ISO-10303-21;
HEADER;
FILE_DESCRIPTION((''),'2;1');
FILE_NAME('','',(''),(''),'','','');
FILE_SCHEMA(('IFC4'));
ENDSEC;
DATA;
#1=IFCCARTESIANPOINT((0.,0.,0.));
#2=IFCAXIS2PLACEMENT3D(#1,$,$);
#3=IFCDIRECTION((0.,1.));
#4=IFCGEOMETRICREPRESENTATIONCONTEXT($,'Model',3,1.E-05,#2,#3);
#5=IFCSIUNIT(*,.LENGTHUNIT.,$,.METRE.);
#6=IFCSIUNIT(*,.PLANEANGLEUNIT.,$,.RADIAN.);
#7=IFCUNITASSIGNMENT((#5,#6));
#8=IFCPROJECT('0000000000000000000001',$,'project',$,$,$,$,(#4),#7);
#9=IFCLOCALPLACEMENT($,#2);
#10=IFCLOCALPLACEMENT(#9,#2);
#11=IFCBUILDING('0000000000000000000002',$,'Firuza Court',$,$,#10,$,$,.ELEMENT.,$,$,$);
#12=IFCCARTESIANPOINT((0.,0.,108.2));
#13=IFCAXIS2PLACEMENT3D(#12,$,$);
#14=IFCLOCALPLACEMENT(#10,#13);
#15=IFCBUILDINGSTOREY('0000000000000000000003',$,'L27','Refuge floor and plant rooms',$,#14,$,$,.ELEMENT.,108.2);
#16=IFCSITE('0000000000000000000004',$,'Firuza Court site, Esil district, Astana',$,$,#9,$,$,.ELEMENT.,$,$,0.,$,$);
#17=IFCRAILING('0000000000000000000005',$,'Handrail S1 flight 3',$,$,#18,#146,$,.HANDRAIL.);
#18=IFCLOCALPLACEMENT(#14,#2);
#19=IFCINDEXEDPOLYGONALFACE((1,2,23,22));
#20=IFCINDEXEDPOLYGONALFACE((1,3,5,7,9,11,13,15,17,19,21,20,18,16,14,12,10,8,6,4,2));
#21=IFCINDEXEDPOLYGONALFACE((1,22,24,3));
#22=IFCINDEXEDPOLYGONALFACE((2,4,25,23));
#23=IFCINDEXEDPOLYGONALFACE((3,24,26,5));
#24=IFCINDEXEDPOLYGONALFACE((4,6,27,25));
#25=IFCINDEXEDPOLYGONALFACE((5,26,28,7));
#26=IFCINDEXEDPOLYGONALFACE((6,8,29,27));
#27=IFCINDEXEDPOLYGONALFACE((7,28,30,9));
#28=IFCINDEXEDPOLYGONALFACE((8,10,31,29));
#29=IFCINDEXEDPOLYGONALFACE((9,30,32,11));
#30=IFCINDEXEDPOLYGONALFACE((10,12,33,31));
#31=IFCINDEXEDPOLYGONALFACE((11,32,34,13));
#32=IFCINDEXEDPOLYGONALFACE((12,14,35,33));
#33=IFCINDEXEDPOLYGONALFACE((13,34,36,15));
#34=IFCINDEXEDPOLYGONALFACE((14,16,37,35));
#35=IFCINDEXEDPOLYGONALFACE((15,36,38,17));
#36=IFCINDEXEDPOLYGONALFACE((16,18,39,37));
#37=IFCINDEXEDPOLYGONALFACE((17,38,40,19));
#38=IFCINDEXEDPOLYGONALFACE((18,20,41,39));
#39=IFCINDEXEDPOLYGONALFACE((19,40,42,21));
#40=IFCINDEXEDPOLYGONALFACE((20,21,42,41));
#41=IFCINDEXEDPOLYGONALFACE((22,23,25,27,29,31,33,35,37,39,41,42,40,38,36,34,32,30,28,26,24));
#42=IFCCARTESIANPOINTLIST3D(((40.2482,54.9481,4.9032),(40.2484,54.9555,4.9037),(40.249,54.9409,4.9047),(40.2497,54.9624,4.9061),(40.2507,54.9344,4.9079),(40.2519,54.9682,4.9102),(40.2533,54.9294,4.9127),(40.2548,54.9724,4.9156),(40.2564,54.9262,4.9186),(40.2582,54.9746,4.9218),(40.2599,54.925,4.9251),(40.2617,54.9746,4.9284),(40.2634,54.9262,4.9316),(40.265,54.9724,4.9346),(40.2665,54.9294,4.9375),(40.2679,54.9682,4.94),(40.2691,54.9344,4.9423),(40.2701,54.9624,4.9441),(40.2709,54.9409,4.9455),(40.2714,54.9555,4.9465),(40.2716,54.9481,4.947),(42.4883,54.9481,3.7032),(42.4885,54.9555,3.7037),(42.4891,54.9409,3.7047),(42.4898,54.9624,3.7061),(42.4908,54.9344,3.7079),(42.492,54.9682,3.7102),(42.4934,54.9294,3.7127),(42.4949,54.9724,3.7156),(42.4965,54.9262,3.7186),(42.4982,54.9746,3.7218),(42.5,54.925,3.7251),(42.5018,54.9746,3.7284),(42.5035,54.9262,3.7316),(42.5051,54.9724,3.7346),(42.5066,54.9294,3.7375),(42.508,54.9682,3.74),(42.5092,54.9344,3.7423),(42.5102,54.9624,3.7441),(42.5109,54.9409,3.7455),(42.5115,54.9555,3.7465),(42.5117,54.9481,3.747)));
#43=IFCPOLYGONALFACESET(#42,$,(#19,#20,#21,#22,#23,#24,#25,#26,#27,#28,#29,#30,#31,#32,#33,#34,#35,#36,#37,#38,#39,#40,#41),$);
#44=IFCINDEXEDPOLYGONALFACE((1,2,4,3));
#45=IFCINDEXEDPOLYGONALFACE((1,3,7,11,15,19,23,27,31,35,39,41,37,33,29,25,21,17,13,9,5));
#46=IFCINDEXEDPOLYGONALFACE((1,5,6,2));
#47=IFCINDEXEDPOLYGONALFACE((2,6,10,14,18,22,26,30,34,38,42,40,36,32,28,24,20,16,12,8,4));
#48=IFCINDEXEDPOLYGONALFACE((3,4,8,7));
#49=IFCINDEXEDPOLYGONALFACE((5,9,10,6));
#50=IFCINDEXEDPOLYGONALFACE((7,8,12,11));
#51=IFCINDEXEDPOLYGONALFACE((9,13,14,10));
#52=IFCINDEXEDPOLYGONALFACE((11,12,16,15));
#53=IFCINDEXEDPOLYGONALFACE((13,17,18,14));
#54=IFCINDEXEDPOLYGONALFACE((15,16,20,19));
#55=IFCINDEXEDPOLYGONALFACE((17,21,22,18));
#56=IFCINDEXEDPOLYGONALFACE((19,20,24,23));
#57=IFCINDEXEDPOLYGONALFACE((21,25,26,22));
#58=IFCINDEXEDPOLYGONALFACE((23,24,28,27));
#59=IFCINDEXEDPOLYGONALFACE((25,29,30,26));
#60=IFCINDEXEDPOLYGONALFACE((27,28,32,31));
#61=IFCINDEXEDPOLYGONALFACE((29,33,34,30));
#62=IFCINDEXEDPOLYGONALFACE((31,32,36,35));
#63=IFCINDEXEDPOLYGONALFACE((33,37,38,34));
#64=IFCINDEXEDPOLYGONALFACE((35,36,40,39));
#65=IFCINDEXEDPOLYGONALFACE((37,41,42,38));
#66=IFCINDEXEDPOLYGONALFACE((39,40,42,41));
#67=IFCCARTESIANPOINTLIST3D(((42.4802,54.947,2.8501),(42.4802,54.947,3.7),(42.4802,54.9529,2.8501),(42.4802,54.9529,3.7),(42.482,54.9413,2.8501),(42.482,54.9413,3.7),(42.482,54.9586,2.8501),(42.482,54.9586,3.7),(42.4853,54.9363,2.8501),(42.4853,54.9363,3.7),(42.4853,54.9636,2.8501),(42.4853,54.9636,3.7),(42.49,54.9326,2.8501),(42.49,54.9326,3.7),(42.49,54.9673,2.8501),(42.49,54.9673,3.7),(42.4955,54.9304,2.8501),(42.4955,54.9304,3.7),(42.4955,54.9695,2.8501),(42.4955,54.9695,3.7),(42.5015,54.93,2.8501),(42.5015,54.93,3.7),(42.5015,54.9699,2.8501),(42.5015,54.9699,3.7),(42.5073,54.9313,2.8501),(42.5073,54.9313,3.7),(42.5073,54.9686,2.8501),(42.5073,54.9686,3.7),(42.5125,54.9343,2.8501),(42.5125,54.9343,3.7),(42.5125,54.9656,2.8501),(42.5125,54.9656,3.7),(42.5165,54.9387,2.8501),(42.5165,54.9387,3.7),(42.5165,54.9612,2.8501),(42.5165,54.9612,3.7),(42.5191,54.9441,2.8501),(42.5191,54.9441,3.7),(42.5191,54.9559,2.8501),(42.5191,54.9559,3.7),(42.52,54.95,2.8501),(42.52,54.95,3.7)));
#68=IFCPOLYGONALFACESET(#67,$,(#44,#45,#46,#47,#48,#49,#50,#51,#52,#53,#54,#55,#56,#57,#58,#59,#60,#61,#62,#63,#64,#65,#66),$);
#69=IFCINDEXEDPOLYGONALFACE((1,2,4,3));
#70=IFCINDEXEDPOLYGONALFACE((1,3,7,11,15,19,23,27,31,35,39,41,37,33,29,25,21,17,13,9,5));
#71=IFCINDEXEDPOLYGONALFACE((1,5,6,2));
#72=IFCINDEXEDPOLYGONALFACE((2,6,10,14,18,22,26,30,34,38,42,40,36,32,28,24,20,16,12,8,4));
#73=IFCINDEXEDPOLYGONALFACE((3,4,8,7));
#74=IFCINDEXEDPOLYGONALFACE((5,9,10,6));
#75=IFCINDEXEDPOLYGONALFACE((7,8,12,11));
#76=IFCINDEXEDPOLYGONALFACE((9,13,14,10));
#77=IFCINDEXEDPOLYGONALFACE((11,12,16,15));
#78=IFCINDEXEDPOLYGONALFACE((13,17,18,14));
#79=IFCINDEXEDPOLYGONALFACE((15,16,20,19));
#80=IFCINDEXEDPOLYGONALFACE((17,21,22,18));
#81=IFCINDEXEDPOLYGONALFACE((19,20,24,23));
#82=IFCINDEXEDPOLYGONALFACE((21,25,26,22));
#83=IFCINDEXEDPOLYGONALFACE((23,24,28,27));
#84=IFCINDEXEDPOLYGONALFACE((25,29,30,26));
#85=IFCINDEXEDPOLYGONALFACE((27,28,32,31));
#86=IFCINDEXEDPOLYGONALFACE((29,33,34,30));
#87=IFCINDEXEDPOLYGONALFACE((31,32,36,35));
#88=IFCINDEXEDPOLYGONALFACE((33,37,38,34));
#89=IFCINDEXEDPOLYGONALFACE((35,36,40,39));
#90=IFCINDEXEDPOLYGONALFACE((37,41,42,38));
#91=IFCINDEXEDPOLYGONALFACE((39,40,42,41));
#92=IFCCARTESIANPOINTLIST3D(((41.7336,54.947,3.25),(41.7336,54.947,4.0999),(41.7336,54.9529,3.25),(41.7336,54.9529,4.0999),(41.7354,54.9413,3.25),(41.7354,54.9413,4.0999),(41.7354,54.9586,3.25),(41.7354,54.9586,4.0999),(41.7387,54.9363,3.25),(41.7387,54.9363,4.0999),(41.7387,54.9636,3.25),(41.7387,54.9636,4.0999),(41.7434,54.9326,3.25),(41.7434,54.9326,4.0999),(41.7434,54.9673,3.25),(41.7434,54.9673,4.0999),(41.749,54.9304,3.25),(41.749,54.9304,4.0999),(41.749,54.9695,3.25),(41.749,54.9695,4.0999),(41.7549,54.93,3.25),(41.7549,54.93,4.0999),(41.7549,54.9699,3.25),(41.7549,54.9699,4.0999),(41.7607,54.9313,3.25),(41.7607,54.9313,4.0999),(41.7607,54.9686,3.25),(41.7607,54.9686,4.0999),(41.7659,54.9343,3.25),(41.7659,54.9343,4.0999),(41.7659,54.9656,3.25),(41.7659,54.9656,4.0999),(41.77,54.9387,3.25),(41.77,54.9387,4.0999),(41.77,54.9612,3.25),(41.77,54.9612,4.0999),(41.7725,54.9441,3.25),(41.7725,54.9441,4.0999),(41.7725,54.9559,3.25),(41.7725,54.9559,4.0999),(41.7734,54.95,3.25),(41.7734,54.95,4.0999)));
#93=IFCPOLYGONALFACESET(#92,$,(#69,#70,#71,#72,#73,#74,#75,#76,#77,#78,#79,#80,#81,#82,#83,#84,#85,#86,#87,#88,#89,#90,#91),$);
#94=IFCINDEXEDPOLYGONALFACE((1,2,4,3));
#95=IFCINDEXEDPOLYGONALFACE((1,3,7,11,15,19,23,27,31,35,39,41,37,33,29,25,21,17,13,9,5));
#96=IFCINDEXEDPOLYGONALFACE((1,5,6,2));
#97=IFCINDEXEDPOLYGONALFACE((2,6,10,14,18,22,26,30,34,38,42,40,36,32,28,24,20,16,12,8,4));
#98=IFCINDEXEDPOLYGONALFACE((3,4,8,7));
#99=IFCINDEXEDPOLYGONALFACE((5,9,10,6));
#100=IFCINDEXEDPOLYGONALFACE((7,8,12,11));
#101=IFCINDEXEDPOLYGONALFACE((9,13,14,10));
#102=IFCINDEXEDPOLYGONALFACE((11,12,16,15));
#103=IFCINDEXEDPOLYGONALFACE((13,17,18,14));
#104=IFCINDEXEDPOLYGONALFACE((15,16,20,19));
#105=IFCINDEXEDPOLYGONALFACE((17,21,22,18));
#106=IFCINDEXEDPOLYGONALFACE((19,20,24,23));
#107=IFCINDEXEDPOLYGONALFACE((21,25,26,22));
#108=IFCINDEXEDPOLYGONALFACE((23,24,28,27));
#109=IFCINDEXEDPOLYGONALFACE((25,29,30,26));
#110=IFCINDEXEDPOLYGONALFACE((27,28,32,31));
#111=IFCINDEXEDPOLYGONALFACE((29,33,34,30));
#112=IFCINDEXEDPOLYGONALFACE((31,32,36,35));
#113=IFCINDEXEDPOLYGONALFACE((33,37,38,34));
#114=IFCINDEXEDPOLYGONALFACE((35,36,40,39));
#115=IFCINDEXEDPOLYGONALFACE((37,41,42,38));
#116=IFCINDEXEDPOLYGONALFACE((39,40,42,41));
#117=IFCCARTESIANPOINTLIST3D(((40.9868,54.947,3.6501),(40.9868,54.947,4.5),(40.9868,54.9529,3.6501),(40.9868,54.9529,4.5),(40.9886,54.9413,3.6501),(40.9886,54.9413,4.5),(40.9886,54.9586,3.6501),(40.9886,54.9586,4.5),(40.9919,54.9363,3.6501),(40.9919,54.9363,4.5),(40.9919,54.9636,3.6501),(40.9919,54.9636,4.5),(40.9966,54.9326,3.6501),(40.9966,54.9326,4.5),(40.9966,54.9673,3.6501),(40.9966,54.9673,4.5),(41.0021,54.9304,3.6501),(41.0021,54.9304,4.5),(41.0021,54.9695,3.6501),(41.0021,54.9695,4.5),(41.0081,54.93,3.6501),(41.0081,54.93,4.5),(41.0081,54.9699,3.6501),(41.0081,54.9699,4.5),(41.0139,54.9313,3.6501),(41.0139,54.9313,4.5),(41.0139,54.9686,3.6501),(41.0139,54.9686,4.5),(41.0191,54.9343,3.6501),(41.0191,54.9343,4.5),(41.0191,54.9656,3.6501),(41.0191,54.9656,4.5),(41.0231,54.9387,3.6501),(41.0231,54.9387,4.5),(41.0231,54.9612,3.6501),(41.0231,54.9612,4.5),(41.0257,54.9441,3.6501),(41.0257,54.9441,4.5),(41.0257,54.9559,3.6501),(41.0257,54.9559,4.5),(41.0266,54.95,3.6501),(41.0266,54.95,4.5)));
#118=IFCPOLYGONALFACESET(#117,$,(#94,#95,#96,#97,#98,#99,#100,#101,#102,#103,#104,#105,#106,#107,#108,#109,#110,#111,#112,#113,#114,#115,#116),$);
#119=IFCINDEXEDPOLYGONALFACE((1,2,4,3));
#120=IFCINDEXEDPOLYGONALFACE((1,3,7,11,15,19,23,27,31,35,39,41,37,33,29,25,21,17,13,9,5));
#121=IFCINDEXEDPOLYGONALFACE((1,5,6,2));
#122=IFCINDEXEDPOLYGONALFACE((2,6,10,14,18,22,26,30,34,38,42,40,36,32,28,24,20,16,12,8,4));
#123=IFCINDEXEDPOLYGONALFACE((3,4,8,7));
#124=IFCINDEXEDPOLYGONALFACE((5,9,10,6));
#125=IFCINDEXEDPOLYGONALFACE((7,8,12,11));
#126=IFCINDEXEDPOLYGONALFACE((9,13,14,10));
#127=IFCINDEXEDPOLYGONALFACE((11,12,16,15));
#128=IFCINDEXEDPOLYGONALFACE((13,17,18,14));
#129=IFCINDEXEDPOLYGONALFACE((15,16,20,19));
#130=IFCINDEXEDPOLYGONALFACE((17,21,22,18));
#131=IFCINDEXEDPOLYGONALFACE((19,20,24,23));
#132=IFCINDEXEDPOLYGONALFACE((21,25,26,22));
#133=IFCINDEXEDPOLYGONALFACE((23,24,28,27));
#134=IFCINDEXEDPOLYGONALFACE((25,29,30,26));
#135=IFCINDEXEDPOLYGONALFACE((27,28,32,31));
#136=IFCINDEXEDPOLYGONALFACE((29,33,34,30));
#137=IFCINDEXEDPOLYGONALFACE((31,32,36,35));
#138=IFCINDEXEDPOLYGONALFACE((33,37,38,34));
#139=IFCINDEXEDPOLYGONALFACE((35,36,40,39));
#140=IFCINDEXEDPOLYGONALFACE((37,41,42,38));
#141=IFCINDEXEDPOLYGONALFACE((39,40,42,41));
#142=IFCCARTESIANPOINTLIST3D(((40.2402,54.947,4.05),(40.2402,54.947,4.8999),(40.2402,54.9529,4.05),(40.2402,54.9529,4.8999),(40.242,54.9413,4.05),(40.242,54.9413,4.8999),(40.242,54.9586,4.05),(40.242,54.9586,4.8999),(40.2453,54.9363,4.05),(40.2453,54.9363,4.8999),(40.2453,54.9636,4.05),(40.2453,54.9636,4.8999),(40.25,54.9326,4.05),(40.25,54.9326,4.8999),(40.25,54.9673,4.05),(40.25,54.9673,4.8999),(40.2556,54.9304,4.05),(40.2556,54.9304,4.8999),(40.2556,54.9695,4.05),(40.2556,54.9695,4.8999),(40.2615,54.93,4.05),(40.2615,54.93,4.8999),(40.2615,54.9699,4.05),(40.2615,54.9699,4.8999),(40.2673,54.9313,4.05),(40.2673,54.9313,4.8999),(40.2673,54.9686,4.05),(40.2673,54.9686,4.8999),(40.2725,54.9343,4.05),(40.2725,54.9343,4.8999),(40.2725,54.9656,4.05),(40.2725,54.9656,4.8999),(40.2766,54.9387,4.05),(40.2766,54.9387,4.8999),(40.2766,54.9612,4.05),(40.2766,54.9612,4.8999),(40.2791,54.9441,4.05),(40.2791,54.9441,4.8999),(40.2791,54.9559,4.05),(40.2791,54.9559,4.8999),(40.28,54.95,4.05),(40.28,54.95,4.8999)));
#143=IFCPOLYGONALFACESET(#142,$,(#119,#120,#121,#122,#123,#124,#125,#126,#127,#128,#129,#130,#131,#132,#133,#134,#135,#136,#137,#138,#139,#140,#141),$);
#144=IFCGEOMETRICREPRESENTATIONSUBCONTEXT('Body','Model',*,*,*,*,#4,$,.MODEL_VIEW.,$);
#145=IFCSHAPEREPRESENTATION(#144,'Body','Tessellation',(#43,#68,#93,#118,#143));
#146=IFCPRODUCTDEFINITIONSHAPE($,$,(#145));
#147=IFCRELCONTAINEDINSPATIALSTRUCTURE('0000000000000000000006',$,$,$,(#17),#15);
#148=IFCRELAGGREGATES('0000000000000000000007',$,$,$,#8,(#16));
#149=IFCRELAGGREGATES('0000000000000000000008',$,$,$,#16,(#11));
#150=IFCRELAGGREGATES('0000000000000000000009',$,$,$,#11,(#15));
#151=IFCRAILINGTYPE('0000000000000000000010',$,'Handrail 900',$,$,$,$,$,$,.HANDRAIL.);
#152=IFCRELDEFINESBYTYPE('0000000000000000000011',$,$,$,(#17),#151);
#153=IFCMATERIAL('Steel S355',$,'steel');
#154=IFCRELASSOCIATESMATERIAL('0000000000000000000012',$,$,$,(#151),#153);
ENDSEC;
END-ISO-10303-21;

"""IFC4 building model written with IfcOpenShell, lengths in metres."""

from ifc_helpers import new_model, si_unit, direction, frame, origin, origin_2d, place, context, subcontext, project, spatial, circle, extrude, material, type_object, element, save


model = new_model("IFC4")

# Units and contexts
model_context = context("Model", 3, precision=1e-05, world=origin(), true_north=direction((0.0, 1.0)))
body_context = subcontext(model_context, "Body", "Model", "MODEL_VIEW")
ifc_project = project(units=[si_unit("LENGTHUNIT", "METRE"), si_unit("PLANEANGLEUNIT", "RADIAN")], contexts=[model_context])

# Site, building, storey
site_placement = place(None, origin())
site = spatial("IfcSite", under=ifc_project, at=site_placement, Name="Firuza Court site, Esil district, Astana", CompositionType="ELEMENT", RefElevation=0.0)
building_placement = place(site_placement, origin())
building = spatial("IfcBuilding", under=site, at=building_placement, Name="Firuza Court", CompositionType="ELEMENT")
storey_placement = place(building_placement, frame((0.0, 0.0, 108.2)))
storey = spatial("IfcBuildingStorey", under=building, at=storey_placement, Name="L27", Description="Refuge floor and plant rooms", CompositionType="ELEMENT", Elevation=108.2)

# Railing
ifc_material_1 = material(Name="Steel S355", Category="steel")
railing_type_1 = type_object("IfcRailingType", Name="Handrail 900", PredefinedType="HANDRAIL", material=ifc_material_1)
railing_1_placement = place(storey_placement, frame((42.5, 54.95, 2.8501)))
element("IfcRailing", 1, at=railing_1_placement, inside=storey, type_object=railing_type_1, Name="Handrail S1 flight 3", PredefinedType="HANDRAIL", context=body_context, shape_type="SweptSolid", body=[
    extrude(circle(Radius=0.0249, at=origin_2d()), frame((0.0, 0.0, 0.875), z_axis=(-0.881487, 0.0, 0.472208), x_axis=(0.0, -1.0, 0.0)), (0.0, 0.0, 1.0), 2.5413),
    extrude(circle(Radius=0.02, at=origin_2d()), origin(), (0.0, 0.0, 1.0), 0.8499),
    extrude(circle(Radius=0.02, at=origin_2d()), frame((-0.7466, 0.0, 0.3999)), (0.0, 0.0, 1.0), 0.8499),
    extrude(circle(Radius=0.02, at=origin_2d()), frame((-1.4934, 0.0, 0.8)), (0.0, 0.0, 1.0), 0.8499),
    extrude(circle(Radius=0.02, at=origin_2d()), frame((-2.24, 0.0, 1.2)), (0.0, 0.0, 1.0), 0.8499),
])

save(model, "model.ifc")
